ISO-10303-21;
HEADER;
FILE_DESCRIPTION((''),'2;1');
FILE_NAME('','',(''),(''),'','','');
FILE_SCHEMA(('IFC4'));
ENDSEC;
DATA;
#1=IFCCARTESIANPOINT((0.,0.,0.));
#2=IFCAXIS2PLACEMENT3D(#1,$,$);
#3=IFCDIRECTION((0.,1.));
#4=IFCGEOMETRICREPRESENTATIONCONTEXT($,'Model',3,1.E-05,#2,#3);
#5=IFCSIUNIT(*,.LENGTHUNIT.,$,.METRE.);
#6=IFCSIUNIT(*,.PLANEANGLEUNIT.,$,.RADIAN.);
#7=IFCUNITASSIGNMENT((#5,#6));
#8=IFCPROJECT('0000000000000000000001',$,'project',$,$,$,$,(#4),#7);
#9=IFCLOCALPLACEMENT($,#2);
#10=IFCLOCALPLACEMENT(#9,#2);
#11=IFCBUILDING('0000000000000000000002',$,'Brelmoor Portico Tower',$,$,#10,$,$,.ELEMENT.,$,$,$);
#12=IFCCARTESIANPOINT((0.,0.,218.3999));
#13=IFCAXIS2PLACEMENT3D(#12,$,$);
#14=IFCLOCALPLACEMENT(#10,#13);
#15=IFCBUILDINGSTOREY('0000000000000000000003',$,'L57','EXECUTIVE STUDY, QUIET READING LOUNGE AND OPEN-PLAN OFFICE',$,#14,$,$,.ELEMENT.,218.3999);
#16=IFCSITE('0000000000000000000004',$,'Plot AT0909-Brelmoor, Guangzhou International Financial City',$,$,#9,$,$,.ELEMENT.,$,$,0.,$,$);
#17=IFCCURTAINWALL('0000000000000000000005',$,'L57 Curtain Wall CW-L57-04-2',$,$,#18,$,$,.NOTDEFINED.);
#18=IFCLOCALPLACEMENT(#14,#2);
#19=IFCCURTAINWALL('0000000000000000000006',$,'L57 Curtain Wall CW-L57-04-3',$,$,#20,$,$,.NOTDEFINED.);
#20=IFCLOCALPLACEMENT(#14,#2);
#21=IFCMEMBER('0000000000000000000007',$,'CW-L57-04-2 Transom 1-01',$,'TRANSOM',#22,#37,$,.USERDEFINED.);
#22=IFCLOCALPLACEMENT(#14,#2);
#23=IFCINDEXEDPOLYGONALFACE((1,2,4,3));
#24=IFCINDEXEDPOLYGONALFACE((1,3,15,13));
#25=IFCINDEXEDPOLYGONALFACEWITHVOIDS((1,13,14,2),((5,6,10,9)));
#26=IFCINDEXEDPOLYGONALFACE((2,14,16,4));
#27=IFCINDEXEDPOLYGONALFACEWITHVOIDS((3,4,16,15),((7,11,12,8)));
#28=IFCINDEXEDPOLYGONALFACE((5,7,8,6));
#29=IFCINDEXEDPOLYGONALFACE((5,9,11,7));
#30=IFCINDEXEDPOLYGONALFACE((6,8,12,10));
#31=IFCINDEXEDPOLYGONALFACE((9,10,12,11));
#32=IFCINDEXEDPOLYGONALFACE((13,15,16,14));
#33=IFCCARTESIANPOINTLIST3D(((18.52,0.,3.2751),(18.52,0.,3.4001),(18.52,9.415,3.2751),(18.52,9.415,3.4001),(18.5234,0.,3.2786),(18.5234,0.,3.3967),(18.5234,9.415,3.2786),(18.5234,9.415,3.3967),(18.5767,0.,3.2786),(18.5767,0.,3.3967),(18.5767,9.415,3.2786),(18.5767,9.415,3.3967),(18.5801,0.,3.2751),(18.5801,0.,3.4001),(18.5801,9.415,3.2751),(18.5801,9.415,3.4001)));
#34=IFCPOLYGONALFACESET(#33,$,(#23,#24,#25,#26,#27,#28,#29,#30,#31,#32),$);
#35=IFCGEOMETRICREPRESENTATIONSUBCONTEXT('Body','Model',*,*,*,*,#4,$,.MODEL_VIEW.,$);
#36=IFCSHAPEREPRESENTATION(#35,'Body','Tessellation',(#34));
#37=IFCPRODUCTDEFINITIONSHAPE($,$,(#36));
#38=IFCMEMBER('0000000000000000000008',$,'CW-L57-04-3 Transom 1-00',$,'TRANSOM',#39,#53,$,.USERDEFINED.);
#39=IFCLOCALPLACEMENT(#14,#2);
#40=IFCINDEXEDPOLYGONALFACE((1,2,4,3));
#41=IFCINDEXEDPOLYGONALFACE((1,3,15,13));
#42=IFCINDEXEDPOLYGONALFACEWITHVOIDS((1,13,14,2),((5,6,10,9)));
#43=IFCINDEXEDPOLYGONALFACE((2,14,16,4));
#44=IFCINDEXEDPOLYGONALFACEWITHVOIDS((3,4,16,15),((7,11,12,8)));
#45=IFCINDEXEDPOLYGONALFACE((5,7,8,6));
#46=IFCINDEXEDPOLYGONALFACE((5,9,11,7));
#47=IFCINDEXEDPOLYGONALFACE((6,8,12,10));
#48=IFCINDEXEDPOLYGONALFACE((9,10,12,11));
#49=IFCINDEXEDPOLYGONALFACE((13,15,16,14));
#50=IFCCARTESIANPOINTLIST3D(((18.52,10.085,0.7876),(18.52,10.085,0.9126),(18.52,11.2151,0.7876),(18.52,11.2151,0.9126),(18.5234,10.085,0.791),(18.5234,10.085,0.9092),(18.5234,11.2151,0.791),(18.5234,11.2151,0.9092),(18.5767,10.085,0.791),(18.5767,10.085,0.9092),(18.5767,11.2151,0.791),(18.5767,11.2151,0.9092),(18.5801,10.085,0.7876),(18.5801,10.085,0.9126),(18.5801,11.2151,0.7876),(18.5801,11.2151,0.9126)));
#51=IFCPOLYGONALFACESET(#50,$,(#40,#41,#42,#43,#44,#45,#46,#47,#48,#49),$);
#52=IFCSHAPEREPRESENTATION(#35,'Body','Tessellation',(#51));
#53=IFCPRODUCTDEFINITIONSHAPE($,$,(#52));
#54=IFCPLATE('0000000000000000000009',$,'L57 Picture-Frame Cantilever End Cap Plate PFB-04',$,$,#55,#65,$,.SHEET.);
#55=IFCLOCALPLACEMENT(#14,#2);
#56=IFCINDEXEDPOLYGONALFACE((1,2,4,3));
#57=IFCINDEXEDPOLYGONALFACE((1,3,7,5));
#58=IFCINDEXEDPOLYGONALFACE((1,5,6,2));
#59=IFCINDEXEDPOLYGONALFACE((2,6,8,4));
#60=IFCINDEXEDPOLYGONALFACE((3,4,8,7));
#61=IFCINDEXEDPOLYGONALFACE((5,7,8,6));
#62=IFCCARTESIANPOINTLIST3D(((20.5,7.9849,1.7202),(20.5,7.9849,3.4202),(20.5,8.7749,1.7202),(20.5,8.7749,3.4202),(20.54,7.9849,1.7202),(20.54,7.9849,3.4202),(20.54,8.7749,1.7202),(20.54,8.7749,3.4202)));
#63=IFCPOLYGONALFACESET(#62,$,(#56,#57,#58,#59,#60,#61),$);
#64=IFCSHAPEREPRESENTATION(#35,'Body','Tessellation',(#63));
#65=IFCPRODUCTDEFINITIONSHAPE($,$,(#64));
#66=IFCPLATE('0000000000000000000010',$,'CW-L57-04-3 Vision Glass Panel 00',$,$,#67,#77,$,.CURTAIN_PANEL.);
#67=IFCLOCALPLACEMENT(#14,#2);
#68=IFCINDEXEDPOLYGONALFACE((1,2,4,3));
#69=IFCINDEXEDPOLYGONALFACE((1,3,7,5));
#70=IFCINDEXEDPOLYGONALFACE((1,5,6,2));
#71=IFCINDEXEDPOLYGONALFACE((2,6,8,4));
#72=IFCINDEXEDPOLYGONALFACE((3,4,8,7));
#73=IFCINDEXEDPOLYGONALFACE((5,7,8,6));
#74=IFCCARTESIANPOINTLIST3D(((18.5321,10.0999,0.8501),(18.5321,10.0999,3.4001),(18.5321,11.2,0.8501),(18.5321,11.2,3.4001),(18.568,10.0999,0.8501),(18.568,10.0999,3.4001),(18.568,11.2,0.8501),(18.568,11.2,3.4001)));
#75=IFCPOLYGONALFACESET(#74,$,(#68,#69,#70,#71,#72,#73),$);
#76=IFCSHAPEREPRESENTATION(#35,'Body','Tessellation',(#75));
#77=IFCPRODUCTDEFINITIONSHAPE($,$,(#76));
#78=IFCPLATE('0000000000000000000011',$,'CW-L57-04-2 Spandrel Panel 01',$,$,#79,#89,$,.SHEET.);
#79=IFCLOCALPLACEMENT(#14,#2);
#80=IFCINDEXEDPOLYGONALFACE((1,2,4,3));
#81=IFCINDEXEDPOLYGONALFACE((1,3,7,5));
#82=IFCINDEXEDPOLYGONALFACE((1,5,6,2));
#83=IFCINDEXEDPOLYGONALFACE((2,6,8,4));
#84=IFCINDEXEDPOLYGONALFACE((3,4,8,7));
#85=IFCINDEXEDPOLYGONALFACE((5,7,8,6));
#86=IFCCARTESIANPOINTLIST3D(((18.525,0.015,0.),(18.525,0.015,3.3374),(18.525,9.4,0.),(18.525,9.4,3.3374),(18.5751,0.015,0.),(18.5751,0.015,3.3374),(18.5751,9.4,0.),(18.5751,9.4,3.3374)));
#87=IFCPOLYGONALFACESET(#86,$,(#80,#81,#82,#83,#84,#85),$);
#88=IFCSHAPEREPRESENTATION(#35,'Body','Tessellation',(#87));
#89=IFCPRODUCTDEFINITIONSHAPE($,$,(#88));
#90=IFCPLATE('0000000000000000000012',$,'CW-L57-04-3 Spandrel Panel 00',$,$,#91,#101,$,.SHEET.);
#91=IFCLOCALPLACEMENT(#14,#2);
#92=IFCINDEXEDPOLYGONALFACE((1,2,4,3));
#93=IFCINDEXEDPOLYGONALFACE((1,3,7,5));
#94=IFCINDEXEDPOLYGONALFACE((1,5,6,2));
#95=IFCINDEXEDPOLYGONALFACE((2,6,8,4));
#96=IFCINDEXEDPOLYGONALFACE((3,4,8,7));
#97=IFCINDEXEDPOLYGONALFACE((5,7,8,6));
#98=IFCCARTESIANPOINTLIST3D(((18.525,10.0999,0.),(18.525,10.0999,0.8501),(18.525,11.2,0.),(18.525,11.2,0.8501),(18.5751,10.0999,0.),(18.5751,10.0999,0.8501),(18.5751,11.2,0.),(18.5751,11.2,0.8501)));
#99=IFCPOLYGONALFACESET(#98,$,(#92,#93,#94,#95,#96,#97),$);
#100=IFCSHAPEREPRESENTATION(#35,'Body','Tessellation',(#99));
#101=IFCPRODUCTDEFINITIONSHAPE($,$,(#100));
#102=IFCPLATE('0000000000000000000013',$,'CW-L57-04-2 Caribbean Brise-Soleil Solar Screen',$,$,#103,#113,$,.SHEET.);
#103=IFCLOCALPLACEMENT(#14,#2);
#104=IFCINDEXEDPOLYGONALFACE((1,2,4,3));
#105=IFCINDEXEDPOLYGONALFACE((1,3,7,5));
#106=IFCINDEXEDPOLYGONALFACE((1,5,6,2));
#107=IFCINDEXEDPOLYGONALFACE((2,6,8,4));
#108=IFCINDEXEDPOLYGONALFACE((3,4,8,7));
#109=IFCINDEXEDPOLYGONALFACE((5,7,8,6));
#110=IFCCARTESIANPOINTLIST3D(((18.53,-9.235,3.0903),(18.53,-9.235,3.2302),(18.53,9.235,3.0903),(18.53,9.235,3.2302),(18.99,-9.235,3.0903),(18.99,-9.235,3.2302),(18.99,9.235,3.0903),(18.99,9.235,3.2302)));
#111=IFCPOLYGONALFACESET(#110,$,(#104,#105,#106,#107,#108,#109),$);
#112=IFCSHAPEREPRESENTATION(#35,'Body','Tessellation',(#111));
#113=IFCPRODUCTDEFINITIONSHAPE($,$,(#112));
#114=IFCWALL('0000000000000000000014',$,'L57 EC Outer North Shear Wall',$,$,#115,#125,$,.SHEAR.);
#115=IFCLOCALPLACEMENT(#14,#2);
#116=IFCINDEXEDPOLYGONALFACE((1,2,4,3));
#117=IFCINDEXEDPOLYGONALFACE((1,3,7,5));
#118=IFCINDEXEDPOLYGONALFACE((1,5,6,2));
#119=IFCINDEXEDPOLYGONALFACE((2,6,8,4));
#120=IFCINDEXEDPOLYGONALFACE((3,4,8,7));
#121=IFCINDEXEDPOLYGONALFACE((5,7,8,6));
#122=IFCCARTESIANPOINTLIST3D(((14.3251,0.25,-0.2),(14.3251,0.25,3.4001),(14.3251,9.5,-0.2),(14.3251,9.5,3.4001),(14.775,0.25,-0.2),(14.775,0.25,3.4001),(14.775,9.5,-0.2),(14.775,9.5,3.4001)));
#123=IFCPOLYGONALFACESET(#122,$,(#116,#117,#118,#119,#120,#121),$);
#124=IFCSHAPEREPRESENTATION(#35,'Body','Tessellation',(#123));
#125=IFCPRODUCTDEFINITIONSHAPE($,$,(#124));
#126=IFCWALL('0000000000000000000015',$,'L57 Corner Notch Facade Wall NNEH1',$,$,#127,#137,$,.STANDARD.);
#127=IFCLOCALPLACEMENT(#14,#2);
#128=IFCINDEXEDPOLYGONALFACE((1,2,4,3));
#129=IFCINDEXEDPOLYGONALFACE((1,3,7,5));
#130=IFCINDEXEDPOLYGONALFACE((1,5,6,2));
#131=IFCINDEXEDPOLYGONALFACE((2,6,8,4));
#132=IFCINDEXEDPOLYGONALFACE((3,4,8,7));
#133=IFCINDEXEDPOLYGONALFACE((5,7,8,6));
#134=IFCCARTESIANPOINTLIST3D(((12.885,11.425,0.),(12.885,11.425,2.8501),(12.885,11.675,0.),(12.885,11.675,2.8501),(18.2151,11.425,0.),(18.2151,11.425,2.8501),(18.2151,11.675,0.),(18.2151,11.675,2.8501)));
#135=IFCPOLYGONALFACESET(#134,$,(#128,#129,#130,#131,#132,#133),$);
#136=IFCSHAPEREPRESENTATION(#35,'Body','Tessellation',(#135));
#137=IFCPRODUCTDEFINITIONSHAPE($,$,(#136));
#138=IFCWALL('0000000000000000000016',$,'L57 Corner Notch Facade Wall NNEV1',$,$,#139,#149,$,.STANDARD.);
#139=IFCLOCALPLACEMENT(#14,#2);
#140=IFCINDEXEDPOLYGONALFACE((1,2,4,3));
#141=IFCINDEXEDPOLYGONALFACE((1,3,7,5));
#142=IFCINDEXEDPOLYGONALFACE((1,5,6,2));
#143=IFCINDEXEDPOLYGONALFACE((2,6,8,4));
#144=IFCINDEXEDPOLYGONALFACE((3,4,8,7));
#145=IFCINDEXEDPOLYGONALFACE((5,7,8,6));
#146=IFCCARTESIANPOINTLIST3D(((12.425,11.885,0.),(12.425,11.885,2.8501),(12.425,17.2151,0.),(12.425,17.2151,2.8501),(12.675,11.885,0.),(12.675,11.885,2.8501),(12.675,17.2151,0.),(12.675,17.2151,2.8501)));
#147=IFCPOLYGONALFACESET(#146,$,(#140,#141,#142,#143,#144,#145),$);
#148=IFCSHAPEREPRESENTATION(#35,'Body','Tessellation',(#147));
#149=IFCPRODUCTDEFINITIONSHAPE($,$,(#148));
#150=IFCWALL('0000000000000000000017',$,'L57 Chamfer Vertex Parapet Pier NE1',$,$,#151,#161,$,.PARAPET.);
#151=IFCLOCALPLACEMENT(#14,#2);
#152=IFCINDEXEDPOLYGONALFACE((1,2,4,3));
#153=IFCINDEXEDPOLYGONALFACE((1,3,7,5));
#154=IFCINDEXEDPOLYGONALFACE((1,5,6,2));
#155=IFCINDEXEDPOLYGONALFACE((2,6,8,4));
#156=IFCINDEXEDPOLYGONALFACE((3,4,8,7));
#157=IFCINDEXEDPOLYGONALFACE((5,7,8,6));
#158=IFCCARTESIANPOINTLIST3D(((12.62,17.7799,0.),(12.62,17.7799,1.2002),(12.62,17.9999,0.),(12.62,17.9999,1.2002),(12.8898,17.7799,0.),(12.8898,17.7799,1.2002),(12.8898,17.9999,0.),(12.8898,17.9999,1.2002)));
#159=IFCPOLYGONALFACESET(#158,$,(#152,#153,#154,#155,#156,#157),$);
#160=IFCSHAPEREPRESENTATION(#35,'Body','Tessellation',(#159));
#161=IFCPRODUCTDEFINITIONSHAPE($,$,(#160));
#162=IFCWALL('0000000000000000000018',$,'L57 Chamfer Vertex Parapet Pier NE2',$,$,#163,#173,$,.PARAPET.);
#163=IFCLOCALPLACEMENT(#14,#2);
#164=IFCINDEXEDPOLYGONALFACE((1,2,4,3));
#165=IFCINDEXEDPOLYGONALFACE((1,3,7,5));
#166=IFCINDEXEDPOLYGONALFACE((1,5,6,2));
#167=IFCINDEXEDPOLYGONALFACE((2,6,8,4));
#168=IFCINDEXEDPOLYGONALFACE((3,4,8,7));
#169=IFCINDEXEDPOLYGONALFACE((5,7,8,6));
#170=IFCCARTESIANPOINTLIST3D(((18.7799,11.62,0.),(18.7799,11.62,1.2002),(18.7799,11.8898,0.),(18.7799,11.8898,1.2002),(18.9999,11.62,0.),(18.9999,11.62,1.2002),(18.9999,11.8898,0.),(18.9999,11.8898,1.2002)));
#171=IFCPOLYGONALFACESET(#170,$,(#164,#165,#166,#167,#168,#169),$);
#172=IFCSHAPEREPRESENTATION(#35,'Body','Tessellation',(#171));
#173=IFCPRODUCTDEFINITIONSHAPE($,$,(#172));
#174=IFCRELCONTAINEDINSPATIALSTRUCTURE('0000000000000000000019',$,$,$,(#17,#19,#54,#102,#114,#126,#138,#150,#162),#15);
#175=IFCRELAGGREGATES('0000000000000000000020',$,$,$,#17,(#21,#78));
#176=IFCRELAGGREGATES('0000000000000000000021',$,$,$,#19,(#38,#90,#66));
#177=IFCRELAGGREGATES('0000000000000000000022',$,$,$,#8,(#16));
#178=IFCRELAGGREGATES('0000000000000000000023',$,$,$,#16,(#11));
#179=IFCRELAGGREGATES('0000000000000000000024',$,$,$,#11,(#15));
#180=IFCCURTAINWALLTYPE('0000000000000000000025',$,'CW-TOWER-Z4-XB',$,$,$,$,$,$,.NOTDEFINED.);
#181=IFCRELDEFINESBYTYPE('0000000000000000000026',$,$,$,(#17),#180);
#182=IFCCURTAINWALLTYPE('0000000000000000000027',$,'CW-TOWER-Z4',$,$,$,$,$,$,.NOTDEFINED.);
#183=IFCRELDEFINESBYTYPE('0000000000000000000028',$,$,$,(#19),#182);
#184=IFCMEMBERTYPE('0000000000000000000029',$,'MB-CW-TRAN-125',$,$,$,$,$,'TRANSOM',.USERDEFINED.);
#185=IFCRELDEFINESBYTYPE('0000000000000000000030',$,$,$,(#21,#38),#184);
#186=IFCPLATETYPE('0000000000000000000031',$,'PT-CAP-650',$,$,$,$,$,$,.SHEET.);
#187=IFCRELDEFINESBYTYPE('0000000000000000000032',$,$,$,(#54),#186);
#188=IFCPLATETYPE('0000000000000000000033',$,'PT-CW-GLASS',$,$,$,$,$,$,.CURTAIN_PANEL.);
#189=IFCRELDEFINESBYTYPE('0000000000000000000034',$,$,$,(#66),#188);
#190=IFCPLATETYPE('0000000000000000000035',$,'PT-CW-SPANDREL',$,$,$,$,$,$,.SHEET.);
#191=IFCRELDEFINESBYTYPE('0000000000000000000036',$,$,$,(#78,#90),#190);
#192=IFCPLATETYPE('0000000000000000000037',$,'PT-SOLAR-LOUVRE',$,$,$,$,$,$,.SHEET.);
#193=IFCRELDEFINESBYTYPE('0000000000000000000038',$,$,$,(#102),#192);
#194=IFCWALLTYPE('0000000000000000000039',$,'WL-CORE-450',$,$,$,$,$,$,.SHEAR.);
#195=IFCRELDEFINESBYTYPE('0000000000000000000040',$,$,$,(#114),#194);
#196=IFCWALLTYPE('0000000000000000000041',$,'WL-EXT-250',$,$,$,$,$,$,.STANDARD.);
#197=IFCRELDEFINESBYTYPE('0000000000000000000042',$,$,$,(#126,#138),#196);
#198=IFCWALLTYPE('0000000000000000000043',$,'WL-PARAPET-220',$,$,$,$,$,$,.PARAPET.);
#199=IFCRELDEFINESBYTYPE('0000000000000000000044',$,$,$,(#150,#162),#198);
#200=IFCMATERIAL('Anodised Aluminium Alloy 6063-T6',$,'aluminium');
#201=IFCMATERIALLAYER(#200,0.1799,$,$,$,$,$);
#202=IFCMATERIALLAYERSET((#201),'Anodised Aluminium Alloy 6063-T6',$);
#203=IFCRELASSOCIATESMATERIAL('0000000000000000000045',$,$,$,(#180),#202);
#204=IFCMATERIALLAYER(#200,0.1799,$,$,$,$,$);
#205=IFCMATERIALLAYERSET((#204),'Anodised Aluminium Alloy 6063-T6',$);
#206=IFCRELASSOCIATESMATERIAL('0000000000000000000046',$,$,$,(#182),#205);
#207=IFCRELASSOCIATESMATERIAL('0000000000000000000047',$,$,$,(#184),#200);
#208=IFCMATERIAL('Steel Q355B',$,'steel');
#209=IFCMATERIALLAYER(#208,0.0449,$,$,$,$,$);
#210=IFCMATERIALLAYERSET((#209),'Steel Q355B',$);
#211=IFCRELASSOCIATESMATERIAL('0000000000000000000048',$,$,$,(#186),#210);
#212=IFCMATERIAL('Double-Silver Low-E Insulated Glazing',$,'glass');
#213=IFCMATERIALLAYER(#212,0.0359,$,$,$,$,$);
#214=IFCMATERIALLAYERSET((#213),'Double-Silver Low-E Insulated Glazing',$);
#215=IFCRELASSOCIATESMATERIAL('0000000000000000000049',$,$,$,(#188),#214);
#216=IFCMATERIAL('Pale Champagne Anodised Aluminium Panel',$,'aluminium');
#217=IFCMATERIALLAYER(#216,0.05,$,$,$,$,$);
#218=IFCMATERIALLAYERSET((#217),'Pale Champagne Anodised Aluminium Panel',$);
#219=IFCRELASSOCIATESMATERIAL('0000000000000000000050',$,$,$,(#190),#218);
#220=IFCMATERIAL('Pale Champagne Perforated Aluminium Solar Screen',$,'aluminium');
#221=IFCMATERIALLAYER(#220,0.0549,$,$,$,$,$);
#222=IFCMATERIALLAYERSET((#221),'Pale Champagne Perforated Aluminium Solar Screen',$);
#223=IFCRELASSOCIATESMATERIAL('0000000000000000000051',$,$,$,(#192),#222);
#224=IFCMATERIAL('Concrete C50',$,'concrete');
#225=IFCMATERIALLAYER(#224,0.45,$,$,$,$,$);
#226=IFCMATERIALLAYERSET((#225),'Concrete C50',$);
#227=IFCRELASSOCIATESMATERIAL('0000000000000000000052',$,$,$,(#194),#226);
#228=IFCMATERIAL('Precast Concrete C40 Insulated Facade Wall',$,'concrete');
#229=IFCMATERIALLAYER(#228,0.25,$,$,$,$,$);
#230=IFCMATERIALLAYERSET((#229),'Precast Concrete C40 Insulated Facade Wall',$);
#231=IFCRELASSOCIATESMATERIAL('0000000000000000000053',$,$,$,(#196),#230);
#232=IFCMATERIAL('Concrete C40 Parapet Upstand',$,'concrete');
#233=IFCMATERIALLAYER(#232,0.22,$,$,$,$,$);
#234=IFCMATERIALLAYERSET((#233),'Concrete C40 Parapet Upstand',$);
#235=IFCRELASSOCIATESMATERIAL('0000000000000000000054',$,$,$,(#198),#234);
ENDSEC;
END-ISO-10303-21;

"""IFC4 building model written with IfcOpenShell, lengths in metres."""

from ifc_helpers import new_model, si_unit, direction, frame, frame_2d, origin, origin_2d, place, context, subcontext, project, spatial, rectangle, hollow_rectangle, extrude, material, layer, layer_set, material_profile, profile_set, type_object, element, aggregate, save


model = new_model("IFC4")

# Units and contexts
model_context = context("Model", 3, precision=1e-05, world=origin(), true_north=direction((0.0, 1.0)))
body_context = subcontext(model_context, "Body", "Model", "MODEL_VIEW")
ifc_project = project(units=[si_unit("LENGTHUNIT", "METRE"), si_unit("PLANEANGLEUNIT", "RADIAN")], contexts=[model_context])

# Site, building, storey
site_placement = place(None, origin())
site = spatial("IfcSite", under=ifc_project, at=site_placement, Name="Plot AT0909-Brelmoor, Guangzhou International Financial City", CompositionType="ELEMENT", RefElevation=0.0)
building_placement = place(site_placement, origin())
building = spatial("IfcBuilding", under=site, at=building_placement, Name="Brelmoor Portico Tower", CompositionType="ELEMENT")
storey_placement = place(building_placement, frame((0.0, 0.0, 218.3999)))
storey = spatial("IfcBuildingStorey", under=building, at=storey_placement, Name="L57", Description="EXECUTIVE STUDY, QUIET READING LOUNGE AND OPEN-PLAN OFFICE", CompositionType="ELEMENT", Elevation=218.3999)

# Shared definitions
ifc_material_1 = material(Name="Steel Q355B", Category="steel")

# Curtain walls
ifc_material_2 = material(Name="Anodised Aluminium Alloy 6063-T6", Category="aluminium")
ifc_layer_1 = layer(ifc_material_2, 0.1799)
ifc_layer_set_1 = layer_set([ifc_layer_1], Name="Anodised Aluminium Alloy 6063-T6")
curtain_wall_type_1 = type_object("IfcCurtainWallType", Name="CW-TOWER-Z4-XB", PredefinedType="NOTDEFINED", material=ifc_layer_set_1)
curtain_wall_1_placement = place(storey_placement, origin())
curtain_wall_1 = element("IfcCurtainWall", 1, at=curtain_wall_1_placement, inside=storey, type_object=curtain_wall_type_1, Name="L57 Curtain Wall CW-L57-04-2", PredefinedType="NOTDEFINED")
ifc_layer_2 = layer(ifc_material_2, 0.1799)
ifc_layer_set_2 = layer_set([ifc_layer_2], Name="Anodised Aluminium Alloy 6063-T6")
curtain_wall_type_2 = type_object("IfcCurtainWallType", Name="CW-TOWER-Z4", PredefinedType="NOTDEFINED", material=ifc_layer_set_2)
curtain_wall_2_placement = place(storey_placement, origin())
curtain_wall_2 = element("IfcCurtainWall", 2, at=curtain_wall_2_placement, inside=storey, type_object=curtain_wall_type_2, Name="L57 Curtain Wall CW-L57-04-3", PredefinedType="NOTDEFINED")

# Members
ifc_material_profile_1 = material_profile(ifc_material_2, hollow_rectangle(XDim=0.0601, YDim=0.125, WallThickness=0.0034, at=origin_2d()), Name="ALU TRANSOM 60x125")
ifc_profile_set_1 = profile_set([ifc_material_profile_1], Name="Anodised Aluminium Alloy 6063-T6")
member_type_1 = type_object("IfcMemberType", Name="MB-CW-TRAN-125", ElementType="TRANSOM", PredefinedType="USERDEFINED", material=ifc_profile_set_1)
member_1_placement = place(storey_placement, frame((18.55, 0.0, 3.3376), z_axis=(0.0, 1.0, 0.0), x_axis=(-1.0, 0.0, 0.0)))
member_1 = element("IfcMember", 3, at=member_1_placement, type_object=member_type_1, Name="CW-L57-04-2 Transom 1-01", ObjectType="TRANSOM", PredefinedType="USERDEFINED", context=body_context, shape_type="SweptSolid", body=[
    extrude(hollow_rectangle(XDim=0.0601, YDim=0.125, WallThickness=0.0034, at=origin_2d()), origin(), (0.0, 0.0, 1.0), 9.415),
])
member_2_placement = place(storey_placement, frame((18.55, 10.085, 0.8501), z_axis=(0.0, 1.0, 0.0), x_axis=(-1.0, 0.0, 0.0)))
member_2 = element("IfcMember", 4, at=member_2_placement, type_object=member_type_1, Name="CW-L57-04-3 Transom 1-00", ObjectType="TRANSOM", PredefinedType="USERDEFINED", context=body_context, shape_type="SweptSolid", body=[
    extrude(hollow_rectangle(XDim=0.0601, YDim=0.125, WallThickness=0.0034, at=origin_2d()), origin(), (0.0, 0.0, 1.0), 1.1301),
])

# Plates
ifc_layer_3 = layer(ifc_material_1, 0.0449)
ifc_layer_set_3 = layer_set([ifc_layer_3], Name="Steel Q355B")
plate_type_1 = type_object("IfcPlateType", Name="PT-CAP-650", PredefinedType="SHEET", material=ifc_layer_set_3)
plate_1_placement = place(storey_placement, frame((20.52, 8.3799, 1.7202), z_axis=(0.0, 0.0, 1.0), x_axis=(1.0, 0.0, 0.0)))
element("IfcPlate", 5, at=plate_1_placement, inside=storey, type_object=plate_type_1, Name="L57 Picture-Frame Cantilever End Cap Plate PFB-04", PredefinedType="SHEET", context=body_context, shape_type="SweptSolid", body=[
    extrude(rectangle(XDim=0.04, YDim=0.79, at=origin_2d()), origin(), (0.0, 0.0, 1.0), 1.7),
])
ifc_material_3 = material(Name="Double-Silver Low-E Insulated Glazing", Category="glass")
ifc_layer_4 = layer(ifc_material_3, 0.0359)
ifc_layer_set_4 = layer_set([ifc_layer_4], Name="Double-Silver Low-E Insulated Glazing")
plate_type_2 = type_object("IfcPlateType", Name="PT-CW-GLASS", PredefinedType="CURTAIN_PANEL", material=ifc_layer_set_4)
plate_2_placement = place(storey_placement, frame((18.55, 10.6499, 0.8501), z_axis=(0.0, 0.0, 1.0), x_axis=(0.0, 1.0, 0.0)))
plate_2 = element("IfcPlate", 6, at=plate_2_placement, type_object=plate_type_2, Name="CW-L57-04-3 Vision Glass Panel 00", PredefinedType="CURTAIN_PANEL", context=body_context, shape_type="SweptSolid", body=[
    extrude(rectangle(XDim=1.1001, YDim=0.0359, at=origin_2d()), origin(), (0.0, 0.0, 1.0), 2.55),
])
ifc_material_4 = material(Name="Pale Champagne Anodised Aluminium Panel", Category="aluminium")
ifc_layer_5 = layer(ifc_material_4, 0.05)
ifc_layer_set_5 = layer_set([ifc_layer_5], Name="Pale Champagne Anodised Aluminium Panel")
plate_type_3 = type_object("IfcPlateType", Name="PT-CW-SPANDREL", PredefinedType="SHEET", material=ifc_layer_set_5)
plate_3_placement = place(storey_placement, frame((18.55, 4.7075, 0.0), z_axis=(0.0, 0.0, 1.0), x_axis=(0.0, 1.0, 0.0)))
plate_3 = element("IfcPlate", 7, at=plate_3_placement, type_object=plate_type_3, Name="CW-L57-04-2 Spandrel Panel 01", PredefinedType="SHEET", context=body_context, shape_type="SweptSolid", body=[
    extrude(rectangle(XDim=9.385, YDim=0.05, at=origin_2d()), origin(), (0.0, 0.0, 1.0), 3.3374),
])
aggregate(curtain_wall_1, [member_1, plate_3])
plate_4_placement = place(storey_placement, frame((18.55, 10.6499, 0.0), z_axis=(0.0, 0.0, 1.0), x_axis=(0.0, 1.0, 0.0)))
plate_4 = element("IfcPlate", 8, at=plate_4_placement, type_object=plate_type_3, Name="CW-L57-04-3 Spandrel Panel 00", PredefinedType="SHEET", context=body_context, shape_type="SweptSolid", body=[
    extrude(rectangle(XDim=1.1001, YDim=0.05, at=origin_2d()), origin(), (0.0, 0.0, 1.0), 0.8501),
])
aggregate(curtain_wall_2, [member_2, plate_4, plate_2])
ifc_material_5 = material(Name="Pale Champagne Perforated Aluminium Solar Screen", Category="aluminium")
ifc_layer_6 = layer(ifc_material_5, 0.0549)
ifc_layer_set_6 = layer_set([ifc_layer_6], Name="Pale Champagne Perforated Aluminium Solar Screen")
plate_type_4 = type_object("IfcPlateType", Name="PT-SOLAR-LOUVRE", PredefinedType="SHEET", material=ifc_layer_set_6)
plate_5_placement = place(storey_placement, frame((18.76, 0.0, 3.0903), z_axis=(0.0, 0.0, 1.0), x_axis=(0.0, 1.0, 0.0)))
element("IfcPlate", 9, at=plate_5_placement, inside=storey, type_object=plate_type_4, Name="CW-L57-04-2 Caribbean Brise-Soleil Solar Screen", PredefinedType="SHEET", context=body_context, shape_type="SweptSolid", body=[
    extrude(rectangle(XDim=18.47, YDim=0.46, at=origin_2d()), origin(), (0.0, 0.0, 1.0), 0.1399),
])

# Walls
ifc_material_6 = material(Name="Concrete C50", Category="concrete")
ifc_layer_7 = layer(ifc_material_6, 0.45)
ifc_layer_set_7 = layer_set([ifc_layer_7], Name="Concrete C50")
wall_type_1 = type_object("IfcWallType", Name="WL-CORE-450", PredefinedType="SHEAR", material=ifc_layer_set_7)
wall_1_placement = place(storey_placement, frame((14.55, 0.25, -0.2), z_axis=(0.0, 0.0, 1.0), x_axis=(0.0, 1.0, 0.0)))
element("IfcWall", 10, at=wall_1_placement, inside=storey, type_object=wall_type_1, Name="L57 EC Outer North Shear Wall", PredefinedType="SHEAR", context=body_context, shape_type="SweptSolid", body=[
    extrude(rectangle(XDim=9.25, YDim=0.45, at=frame_2d((4.625, 0.0))), origin(), (0.0, 0.0, 1.0), 3.6001),
])
ifc_material_7 = material(Name="Precast Concrete C40 Insulated Facade Wall", Category="concrete")
ifc_layer_8 = layer(ifc_material_7, 0.25)
ifc_layer_set_8 = layer_set([ifc_layer_8], Name="Precast Concrete C40 Insulated Facade Wall")
wall_type_2 = type_object("IfcWallType", Name="WL-EXT-250", PredefinedType="STANDARD", material=ifc_layer_set_8)
for number, where, z_axis, x_axis, name in (
    (11, (12.885, 11.55, 0.0), (0.0, 0.0, 1.0), (1.0, 0.0, 0.0), "L57 Corner Notch Facade Wall NNEH1"),
    (12, (12.55, 11.885, 0.0), (0.0, 0.0, 1.0), (0.0, 1.0, 0.0), "L57 Corner Notch Facade Wall NNEV1"),
):
    element("IfcWall", number, at=place(storey_placement, frame(where, z_axis=z_axis, x_axis=x_axis)), inside=storey, type_object=wall_type_2, Name=name, PredefinedType="STANDARD", context=body_context, shape_type="SweptSolid", body=[
        extrude(rectangle(XDim=5.3301, YDim=0.25, at=frame_2d((2.665, 0.0))), origin(), (0.0, 0.0, 1.0), 2.8501),
    ])
ifc_material_8 = material(Name="Concrete C40 Parapet Upstand", Category="concrete")
ifc_layer_9 = layer(ifc_material_8, 0.22)
ifc_layer_set_9 = layer_set([ifc_layer_9], Name="Concrete C40 Parapet Upstand")
wall_type_3 = type_object("IfcWallType", Name="WL-PARAPET-220", PredefinedType="PARAPET", material=ifc_layer_set_9)
for number, where, z_axis, x_axis, name in (
    (13, (12.6201, 17.8899, 0.0), (0.0, 0.0, 1.0), (1.0, 0.0, 0.0), "L57 Chamfer Vertex Parapet Pier NE1"),
    (14, (18.8899, 11.6201, 0.0), (0.0, 0.0, 1.0), (0.0, 1.0, 0.0), "L57 Chamfer Vertex Parapet Pier NE2"),
):
    element("IfcWall", number, at=place(storey_placement, frame(where, z_axis=z_axis, x_axis=x_axis)), inside=storey, type_object=wall_type_3, Name=name, PredefinedType="PARAPET", context=body_context, shape_type="SweptSolid", body=[
        extrude(rectangle(XDim=0.2698, YDim=0.22, at=frame_2d((0.1348, 0.0))), origin(), (0.0, 0.0, 1.0), 1.2002),
    ])

save(model, "model.ifc")
